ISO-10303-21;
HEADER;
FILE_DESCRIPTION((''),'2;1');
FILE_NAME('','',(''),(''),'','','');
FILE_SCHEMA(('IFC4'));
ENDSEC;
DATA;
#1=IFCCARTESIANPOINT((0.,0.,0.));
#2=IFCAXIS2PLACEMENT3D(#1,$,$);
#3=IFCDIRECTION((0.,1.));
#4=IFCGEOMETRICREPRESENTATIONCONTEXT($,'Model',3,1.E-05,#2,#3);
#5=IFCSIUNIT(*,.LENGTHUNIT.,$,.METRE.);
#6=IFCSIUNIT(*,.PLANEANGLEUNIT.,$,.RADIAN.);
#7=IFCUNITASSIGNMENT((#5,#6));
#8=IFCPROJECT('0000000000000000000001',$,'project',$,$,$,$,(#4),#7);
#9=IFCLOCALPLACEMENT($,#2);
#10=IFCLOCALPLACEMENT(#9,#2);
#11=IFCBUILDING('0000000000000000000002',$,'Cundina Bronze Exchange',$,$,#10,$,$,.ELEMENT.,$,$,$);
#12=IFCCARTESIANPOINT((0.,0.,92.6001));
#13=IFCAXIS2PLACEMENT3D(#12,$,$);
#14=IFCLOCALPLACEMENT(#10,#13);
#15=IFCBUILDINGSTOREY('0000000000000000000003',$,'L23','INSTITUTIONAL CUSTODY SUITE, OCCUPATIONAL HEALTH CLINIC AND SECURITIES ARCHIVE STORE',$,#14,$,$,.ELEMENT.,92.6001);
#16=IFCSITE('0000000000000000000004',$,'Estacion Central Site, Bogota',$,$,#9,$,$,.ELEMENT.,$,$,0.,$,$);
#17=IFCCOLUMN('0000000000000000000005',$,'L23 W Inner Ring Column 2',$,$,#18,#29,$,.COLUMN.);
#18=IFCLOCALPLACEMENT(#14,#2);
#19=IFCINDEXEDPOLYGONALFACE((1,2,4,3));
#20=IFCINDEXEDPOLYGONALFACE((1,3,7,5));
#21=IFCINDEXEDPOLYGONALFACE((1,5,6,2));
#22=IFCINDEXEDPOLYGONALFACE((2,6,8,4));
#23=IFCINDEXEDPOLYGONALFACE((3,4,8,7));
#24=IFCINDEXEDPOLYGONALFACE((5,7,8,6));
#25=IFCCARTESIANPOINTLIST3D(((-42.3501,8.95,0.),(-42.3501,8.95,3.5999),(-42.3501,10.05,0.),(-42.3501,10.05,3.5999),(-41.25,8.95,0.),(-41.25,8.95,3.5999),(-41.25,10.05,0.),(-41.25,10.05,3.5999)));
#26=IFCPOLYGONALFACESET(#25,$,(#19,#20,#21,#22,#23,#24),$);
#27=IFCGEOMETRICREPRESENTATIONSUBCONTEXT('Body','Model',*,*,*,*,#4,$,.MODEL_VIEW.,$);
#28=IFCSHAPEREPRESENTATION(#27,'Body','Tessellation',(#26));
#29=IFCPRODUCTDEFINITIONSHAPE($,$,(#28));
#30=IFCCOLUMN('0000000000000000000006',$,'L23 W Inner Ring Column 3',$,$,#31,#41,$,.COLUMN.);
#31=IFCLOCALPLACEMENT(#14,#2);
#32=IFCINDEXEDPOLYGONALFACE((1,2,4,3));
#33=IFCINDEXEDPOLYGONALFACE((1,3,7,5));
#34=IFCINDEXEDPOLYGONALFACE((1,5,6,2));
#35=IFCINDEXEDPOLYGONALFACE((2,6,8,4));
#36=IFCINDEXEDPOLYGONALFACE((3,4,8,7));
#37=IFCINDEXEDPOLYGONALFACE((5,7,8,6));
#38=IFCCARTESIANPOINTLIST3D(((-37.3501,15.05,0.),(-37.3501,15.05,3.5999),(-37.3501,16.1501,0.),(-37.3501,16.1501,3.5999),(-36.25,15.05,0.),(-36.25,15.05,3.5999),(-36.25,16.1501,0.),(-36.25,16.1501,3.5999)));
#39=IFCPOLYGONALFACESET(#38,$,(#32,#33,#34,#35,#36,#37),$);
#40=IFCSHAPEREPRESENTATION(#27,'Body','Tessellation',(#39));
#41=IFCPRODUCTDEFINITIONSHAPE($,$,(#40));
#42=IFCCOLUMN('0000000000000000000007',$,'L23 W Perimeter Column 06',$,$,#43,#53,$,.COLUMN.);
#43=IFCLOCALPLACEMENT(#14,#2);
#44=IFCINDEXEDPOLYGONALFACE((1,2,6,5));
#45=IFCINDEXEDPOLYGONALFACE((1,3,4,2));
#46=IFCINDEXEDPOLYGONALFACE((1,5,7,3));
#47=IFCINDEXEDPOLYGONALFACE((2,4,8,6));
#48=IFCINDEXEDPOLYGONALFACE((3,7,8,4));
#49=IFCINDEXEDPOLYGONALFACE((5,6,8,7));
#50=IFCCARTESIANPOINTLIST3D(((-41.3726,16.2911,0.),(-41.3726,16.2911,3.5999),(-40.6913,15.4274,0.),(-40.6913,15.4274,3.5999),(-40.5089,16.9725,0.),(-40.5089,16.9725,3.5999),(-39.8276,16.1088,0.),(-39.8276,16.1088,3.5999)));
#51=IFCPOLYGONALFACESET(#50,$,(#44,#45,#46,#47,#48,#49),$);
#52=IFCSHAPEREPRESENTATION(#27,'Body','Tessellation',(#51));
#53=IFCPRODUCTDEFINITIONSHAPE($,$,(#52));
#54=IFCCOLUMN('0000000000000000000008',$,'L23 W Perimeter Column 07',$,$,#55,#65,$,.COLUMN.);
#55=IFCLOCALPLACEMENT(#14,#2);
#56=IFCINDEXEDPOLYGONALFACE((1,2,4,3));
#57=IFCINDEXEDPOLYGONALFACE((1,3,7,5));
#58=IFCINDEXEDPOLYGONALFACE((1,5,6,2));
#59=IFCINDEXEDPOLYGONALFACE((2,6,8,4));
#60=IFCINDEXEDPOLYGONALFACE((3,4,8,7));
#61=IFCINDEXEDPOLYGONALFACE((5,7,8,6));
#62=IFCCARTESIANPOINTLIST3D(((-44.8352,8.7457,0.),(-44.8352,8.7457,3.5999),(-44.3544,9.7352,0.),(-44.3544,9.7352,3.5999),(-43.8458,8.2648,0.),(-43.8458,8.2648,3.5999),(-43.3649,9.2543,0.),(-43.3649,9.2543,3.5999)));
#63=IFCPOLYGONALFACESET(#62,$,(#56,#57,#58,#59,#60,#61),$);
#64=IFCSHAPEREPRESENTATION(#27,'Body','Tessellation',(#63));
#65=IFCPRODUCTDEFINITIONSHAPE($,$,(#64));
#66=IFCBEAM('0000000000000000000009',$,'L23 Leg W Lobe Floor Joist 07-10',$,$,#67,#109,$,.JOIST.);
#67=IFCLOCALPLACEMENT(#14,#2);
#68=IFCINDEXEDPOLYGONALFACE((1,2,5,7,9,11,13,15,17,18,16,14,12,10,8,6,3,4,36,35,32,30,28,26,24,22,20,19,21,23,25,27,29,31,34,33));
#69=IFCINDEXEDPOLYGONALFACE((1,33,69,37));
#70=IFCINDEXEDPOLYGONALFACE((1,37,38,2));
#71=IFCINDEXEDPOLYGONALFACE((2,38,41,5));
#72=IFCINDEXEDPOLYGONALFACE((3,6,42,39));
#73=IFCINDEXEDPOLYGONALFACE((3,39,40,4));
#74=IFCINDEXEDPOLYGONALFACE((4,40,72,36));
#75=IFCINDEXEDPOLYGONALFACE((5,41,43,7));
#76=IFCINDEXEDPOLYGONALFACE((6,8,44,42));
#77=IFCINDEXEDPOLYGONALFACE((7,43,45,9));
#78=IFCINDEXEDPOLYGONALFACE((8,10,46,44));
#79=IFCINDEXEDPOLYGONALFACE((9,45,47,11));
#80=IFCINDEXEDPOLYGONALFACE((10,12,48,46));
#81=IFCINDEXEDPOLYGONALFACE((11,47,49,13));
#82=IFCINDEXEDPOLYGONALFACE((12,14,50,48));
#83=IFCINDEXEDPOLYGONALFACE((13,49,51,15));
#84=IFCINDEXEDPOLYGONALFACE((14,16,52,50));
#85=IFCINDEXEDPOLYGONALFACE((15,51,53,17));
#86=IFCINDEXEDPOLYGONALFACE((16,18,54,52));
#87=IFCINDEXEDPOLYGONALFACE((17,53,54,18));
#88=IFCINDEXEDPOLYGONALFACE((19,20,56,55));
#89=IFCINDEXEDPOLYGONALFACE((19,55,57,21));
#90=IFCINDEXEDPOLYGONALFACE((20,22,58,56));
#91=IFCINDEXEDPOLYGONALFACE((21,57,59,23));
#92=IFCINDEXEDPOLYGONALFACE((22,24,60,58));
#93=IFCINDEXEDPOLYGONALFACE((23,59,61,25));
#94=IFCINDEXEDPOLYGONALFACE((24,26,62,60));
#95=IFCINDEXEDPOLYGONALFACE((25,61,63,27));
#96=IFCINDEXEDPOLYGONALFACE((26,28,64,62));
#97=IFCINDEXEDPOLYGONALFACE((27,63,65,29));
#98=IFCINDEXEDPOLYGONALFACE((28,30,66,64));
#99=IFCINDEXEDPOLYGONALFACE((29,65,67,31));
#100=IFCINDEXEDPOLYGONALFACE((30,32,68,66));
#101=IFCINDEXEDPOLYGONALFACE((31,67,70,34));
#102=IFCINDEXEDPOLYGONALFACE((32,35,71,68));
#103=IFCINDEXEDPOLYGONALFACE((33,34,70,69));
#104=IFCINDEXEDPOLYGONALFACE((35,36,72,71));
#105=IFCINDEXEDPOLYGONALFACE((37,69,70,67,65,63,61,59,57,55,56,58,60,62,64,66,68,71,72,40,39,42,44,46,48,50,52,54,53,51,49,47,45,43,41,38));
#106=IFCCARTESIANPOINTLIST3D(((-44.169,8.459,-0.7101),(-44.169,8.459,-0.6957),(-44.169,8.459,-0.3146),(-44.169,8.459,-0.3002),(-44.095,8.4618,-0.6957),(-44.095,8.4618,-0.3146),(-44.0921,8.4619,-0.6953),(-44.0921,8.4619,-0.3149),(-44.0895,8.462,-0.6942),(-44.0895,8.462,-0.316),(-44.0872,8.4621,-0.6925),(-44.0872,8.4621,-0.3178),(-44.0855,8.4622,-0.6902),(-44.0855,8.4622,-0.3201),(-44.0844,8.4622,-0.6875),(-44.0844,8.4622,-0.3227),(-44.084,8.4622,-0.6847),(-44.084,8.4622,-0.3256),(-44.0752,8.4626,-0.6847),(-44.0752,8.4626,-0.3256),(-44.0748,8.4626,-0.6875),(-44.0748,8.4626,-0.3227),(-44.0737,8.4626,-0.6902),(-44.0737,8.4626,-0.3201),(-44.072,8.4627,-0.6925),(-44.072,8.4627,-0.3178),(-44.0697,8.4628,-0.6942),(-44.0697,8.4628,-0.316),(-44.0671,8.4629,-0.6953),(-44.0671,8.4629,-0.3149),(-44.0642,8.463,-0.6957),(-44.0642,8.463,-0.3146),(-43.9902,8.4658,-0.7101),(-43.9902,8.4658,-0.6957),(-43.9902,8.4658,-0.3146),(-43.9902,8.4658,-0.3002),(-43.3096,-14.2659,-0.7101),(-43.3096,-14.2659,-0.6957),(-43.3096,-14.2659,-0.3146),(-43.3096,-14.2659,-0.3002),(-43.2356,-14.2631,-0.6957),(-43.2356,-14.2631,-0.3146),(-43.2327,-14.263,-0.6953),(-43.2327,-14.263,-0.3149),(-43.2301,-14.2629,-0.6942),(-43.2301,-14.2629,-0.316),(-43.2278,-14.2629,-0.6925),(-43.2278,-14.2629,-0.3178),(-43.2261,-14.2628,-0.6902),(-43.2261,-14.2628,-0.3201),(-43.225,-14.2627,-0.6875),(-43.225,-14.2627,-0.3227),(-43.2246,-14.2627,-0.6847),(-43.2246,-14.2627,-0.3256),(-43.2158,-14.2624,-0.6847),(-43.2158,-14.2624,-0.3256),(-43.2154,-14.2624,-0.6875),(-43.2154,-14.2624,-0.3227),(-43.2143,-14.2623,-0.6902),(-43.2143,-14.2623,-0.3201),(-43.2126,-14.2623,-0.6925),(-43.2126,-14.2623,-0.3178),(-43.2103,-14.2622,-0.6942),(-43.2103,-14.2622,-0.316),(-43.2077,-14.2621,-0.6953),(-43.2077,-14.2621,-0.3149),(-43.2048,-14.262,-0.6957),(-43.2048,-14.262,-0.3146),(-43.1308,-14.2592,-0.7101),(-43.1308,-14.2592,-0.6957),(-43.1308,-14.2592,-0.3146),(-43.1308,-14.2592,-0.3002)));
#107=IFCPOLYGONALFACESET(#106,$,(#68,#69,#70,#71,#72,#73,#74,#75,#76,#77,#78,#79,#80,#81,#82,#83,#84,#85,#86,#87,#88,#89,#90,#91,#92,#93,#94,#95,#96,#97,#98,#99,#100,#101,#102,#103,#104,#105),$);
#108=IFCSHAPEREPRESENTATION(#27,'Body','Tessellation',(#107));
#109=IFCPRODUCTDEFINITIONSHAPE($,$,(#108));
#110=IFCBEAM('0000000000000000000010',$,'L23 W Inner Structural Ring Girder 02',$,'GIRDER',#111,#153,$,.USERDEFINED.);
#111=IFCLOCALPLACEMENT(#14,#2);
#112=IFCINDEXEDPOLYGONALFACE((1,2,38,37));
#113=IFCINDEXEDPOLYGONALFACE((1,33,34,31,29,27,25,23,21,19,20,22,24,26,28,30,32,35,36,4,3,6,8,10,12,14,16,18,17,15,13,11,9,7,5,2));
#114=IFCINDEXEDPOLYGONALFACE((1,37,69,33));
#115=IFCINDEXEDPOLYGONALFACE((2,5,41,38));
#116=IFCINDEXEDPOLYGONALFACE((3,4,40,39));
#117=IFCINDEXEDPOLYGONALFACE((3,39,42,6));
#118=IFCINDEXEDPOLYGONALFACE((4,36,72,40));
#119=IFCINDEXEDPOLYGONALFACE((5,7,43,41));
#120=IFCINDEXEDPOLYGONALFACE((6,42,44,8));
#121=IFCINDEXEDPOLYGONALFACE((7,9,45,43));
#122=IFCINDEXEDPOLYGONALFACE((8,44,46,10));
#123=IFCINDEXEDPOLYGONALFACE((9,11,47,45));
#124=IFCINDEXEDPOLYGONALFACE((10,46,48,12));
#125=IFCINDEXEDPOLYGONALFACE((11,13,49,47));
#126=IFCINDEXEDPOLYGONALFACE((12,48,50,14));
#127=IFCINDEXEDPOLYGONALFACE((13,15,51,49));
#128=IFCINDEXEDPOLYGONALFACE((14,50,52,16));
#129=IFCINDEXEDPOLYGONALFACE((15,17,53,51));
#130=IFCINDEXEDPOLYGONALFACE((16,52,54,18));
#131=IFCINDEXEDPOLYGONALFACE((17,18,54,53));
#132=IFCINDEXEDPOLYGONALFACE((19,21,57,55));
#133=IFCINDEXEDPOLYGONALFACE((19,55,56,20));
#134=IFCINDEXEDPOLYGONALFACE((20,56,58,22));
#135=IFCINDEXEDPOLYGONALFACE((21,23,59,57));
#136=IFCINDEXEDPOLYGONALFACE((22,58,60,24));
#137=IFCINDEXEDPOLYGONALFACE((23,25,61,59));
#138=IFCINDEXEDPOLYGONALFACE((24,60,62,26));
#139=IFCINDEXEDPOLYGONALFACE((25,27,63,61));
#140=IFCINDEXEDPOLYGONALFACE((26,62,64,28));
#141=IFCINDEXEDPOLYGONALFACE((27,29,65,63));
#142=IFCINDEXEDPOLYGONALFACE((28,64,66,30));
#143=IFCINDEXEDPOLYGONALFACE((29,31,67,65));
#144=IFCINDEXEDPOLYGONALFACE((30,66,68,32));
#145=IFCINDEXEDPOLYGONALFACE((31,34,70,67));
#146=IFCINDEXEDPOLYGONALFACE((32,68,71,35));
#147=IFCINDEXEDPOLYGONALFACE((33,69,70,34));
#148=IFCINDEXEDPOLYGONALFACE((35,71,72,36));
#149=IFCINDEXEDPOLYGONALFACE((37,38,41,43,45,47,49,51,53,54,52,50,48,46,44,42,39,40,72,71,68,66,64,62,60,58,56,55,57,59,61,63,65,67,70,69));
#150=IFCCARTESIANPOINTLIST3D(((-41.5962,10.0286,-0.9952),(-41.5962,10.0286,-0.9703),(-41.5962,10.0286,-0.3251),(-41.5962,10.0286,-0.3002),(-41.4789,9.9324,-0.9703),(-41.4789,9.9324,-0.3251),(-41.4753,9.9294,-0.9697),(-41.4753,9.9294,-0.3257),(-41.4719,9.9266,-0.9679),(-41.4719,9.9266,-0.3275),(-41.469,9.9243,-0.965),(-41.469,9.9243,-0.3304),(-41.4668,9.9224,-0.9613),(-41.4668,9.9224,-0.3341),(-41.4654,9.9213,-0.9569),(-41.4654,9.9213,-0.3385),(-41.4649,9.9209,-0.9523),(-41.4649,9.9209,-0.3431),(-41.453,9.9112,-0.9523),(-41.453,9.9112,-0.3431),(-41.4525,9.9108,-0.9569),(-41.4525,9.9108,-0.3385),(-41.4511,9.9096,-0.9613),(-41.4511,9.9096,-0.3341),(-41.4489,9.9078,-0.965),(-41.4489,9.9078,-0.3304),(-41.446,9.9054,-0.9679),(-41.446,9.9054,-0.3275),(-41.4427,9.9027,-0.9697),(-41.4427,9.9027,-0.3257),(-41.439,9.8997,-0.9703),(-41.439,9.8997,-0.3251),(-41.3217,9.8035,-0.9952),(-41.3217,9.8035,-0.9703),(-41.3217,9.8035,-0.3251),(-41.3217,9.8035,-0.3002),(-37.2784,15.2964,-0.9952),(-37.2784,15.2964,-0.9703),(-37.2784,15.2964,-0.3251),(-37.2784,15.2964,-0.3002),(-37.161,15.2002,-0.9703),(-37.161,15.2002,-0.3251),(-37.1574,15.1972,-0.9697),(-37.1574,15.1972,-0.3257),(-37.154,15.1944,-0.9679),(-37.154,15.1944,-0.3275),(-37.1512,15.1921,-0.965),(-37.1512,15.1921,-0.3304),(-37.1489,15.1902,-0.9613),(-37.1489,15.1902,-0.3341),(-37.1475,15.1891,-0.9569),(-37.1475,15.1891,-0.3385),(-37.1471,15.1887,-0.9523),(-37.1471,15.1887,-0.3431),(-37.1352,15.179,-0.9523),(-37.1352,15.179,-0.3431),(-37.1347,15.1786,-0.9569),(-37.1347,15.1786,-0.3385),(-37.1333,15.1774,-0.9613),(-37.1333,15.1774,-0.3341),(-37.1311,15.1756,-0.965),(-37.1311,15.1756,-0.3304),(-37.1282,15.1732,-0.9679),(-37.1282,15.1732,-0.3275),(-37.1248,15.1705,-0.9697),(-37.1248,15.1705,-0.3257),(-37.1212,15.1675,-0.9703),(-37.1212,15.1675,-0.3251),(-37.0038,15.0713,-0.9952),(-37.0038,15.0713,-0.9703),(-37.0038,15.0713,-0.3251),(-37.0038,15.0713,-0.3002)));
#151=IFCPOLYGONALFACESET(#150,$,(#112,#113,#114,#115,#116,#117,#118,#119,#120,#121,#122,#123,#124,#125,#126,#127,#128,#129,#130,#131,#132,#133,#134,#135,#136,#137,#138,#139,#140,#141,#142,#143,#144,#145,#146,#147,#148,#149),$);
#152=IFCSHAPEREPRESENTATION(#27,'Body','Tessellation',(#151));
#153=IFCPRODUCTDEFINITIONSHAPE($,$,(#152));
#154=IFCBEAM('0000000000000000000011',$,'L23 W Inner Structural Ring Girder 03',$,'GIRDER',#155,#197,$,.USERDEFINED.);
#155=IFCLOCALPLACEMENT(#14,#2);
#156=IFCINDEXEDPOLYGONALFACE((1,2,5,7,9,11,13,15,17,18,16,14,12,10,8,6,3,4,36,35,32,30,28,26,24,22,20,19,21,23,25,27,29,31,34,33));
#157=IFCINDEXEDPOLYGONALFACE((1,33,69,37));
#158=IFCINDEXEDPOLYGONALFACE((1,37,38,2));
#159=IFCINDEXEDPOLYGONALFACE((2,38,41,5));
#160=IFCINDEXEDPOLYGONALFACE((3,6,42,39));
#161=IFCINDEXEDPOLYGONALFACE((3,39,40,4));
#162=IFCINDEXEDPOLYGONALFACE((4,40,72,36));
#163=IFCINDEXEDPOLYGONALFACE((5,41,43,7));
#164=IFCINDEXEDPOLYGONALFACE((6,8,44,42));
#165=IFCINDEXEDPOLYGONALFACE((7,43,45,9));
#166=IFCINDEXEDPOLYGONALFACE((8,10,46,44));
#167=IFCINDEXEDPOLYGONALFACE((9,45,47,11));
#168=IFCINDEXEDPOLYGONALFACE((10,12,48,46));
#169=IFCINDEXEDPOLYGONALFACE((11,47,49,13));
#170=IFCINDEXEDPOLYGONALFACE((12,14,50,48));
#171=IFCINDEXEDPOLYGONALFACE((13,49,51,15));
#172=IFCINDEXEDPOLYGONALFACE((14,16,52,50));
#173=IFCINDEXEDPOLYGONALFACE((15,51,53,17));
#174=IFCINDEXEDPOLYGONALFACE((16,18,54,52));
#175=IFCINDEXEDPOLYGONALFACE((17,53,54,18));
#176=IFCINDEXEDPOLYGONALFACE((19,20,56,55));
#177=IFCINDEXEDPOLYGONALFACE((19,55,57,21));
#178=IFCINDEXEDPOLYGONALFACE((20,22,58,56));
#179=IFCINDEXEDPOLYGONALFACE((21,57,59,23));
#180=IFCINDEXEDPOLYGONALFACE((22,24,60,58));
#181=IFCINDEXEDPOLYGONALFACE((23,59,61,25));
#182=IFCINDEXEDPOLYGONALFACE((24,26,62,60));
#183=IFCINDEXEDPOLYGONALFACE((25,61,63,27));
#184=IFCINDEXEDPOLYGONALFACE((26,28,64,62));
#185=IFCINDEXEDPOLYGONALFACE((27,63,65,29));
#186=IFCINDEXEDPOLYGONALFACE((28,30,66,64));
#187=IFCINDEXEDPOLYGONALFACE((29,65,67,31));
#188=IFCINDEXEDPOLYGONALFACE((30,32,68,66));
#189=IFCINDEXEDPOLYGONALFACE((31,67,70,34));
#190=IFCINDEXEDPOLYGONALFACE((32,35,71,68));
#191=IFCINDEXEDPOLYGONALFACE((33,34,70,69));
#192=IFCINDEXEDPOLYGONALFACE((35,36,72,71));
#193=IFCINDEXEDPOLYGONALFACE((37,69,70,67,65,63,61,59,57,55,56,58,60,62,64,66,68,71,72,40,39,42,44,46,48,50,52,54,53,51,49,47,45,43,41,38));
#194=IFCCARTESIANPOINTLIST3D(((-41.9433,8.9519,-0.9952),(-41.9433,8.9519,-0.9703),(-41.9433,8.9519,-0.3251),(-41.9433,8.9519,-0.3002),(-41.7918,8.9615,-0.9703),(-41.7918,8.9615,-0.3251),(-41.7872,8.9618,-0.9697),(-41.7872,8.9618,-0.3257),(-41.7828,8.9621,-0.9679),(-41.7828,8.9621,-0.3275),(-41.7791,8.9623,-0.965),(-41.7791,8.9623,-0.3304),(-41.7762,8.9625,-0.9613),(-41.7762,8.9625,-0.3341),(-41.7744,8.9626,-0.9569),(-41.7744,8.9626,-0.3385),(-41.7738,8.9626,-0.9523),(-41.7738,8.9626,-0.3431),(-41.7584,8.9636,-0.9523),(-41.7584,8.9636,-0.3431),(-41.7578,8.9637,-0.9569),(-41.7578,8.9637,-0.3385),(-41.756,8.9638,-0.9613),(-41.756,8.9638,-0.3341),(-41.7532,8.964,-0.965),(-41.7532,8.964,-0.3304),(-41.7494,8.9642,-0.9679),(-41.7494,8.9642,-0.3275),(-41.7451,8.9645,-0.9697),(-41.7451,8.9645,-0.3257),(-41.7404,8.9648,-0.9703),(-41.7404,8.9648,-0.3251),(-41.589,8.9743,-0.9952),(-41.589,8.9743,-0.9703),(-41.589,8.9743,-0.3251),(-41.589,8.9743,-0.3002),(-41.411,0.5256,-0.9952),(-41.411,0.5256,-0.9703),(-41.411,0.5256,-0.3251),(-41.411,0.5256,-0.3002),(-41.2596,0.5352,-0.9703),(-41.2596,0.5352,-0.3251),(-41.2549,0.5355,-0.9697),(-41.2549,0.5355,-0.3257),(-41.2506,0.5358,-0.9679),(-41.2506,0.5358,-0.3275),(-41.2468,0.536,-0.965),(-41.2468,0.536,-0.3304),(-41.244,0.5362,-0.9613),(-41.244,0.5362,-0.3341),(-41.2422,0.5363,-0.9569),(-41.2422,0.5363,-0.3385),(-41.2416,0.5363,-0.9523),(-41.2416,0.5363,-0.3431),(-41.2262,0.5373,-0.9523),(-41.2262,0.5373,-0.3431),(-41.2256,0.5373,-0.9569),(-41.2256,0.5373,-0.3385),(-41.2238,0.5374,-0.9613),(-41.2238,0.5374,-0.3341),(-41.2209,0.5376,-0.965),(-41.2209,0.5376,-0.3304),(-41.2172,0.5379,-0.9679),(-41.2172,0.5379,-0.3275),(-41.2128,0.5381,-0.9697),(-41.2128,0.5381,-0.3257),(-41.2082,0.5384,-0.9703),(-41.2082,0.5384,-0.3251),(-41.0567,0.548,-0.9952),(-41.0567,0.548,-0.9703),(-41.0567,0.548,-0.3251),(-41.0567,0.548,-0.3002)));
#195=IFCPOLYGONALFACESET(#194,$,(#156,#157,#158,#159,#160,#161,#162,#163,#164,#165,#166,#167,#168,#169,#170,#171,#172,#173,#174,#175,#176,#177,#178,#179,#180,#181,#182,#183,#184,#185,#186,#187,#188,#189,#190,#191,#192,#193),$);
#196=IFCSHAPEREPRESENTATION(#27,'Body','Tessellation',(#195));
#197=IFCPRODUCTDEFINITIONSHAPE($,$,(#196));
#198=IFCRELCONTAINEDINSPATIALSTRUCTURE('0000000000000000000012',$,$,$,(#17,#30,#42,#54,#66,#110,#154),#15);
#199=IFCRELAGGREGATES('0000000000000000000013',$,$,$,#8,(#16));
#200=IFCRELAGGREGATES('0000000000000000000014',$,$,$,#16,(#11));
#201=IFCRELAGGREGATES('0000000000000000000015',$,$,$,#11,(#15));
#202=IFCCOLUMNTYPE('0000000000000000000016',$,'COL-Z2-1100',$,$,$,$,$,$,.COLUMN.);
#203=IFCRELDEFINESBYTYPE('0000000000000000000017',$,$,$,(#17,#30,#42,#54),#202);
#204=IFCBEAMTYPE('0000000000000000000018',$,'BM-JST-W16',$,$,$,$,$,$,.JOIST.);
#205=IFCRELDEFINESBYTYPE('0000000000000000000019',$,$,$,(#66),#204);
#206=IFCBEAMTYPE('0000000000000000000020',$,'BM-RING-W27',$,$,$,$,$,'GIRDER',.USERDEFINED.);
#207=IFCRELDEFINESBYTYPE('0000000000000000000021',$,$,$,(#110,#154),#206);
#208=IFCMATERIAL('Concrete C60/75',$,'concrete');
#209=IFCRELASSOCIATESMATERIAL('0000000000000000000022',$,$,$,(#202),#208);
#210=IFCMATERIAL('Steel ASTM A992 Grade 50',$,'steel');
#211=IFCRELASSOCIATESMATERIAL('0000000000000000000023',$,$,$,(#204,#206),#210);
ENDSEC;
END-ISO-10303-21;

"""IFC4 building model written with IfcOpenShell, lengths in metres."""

from ifc_helpers import new_model, si_unit, direction, frame, origin, origin_2d, place, context, subcontext, project, spatial, rectangle, i_section, extrude, material, material_profile, profile_set, type_object, element, save


model = new_model("IFC4")

# Units and contexts
model_context = context("Model", 3, precision=1e-05, world=origin(), true_north=direction((0.0, 1.0)))
body_context = subcontext(model_context, "Body", "Model", "MODEL_VIEW")
ifc_project = project(units=[si_unit("LENGTHUNIT", "METRE"), si_unit("PLANEANGLEUNIT", "RADIAN")], contexts=[model_context])

# Site, building, storey
site_placement = place(None, origin())
site = spatial("IfcSite", under=ifc_project, at=site_placement, Name="Estacion Central Site, Bogota", CompositionType="ELEMENT", RefElevation=0.0)
building_placement = place(site_placement, origin())
building = spatial("IfcBuilding", under=site, at=building_placement, Name="Cundina Bronze Exchange", CompositionType="ELEMENT")
storey_placement = place(building_placement, frame((0.0, 0.0, 92.6001)))
storey = spatial("IfcBuildingStorey", under=building, at=storey_placement, Name="L23", Description="INSTITUTIONAL CUSTODY SUITE, OCCUPATIONAL HEALTH CLINIC AND SECURITIES ARCHIVE STORE", CompositionType="ELEMENT", Elevation=92.6001)

# Columns
ifc_material_1 = material(Name="Concrete C60/75", Category="concrete")
ifc_material_profile_1 = material_profile(ifc_material_1, rectangle(XDim=1.1001, YDim=1.1001, at=origin_2d()), Name="RC1100X1100", Category="concrete")
ifc_profile_set_1 = profile_set([ifc_material_profile_1], Name="Concrete C60/75")
column_type = type_object("IfcColumnType", Name="COL-Z2-1100", PredefinedType="COLUMN", material=ifc_profile_set_1)
for number, where, z_axis, x_axis, name in (
    (1, (-41.8, 9.5, 0.0), (0.0, 0.0, 1.0), (1.0, 0.0, 0.0), "L23 W Inner Ring Column 2"),
    (2, (-36.8, 15.6001, 0.0), (0.0, 0.0, 1.0), (1.0, 0.0, 0.0), "L23 W Inner Ring Column 3"),
    (3, (-40.6001, 16.2, 0.0), (0.0, 0.0, 1.0), (-0.785101, -0.619368, 0.0), "L23 W Perimeter Column 06"),
    (4, (-44.1001, 9.0, 0.0), (0.0, 0.0, 1.0), (-0.437116, -0.899405, 0.0), "L23 W Perimeter Column 07"),
):
    element("IfcColumn", number, at=place(storey_placement, frame(where, z_axis=z_axis, x_axis=x_axis)), inside=storey, type_object=column_type, Name=name, PredefinedType="COLUMN", context=body_context, shape_type="SweptSolid", body=[
        extrude(rectangle(XDim=1.1001, YDim=1.1001, at=origin_2d()), origin(), (0.0, 0.0, 1.0), 3.5999),
    ])

# Beams
ifc_material_2 = material(Name="Steel ASTM A992 Grade 50", Category="steel")
ifc_material_profile_2 = material_profile(ifc_material_2, i_section(OverallWidth=0.179, OverallDepth=0.4099, WebThickness=0.0088, FlangeThickness=0.0144, FilletRadius=0.011, at=origin_2d()), Name="W16X45", Category="steel")
ifc_profile_set_2 = profile_set([ifc_material_profile_2], Name="Steel ASTM A992 Grade 50")
beam_type_1 = type_object("IfcBeamType", Name="BM-JST-W16", PredefinedType="JOIST", material=ifc_profile_set_2)
beam_1_placement = place(storey_placement, frame((-44.0796, 8.4624, -0.5051), z_axis=(0.03779, -0.999286, 0.0), x_axis=(0.999286, 0.03779, 0.0)))
element("IfcBeam", 5, at=beam_1_placement, inside=storey, type_object=beam_type_1, Name="L23 Leg W Lobe Floor Joist 07-10", PredefinedType="JOIST", context=body_context, shape_type="SweptSolid", body=[
    extrude(i_section(OverallWidth=0.179, OverallDepth=0.4099, WebThickness=0.0088, FlangeThickness=0.0144, FilletRadius=0.011, at=origin_2d()), origin(), (0.0, 0.0, 1.0), 22.7412),
])
ifc_material_profile_3 = material_profile(ifc_material_2, i_section(OverallWidth=0.355, OverallDepth=0.6951, WebThickness=0.0154, FlangeThickness=0.0249, FilletRadius=0.0181, at=origin_2d()), Name="W27X146", Category="steel")
ifc_profile_set_3 = profile_set([ifc_material_profile_3], Name="Steel ASTM A992 Grade 50")
beam_type_2 = type_object("IfcBeamType", Name="BM-RING-W27", ElementType="GIRDER", PredefinedType="USERDEFINED", material=ifc_profile_set_3)
beam_2_placement = place(storey_placement, frame((-37.1411, 15.1838, -0.6477), z_axis=(-0.633927, -0.773393, 0.0), x_axis=(0.773393, -0.633927, 0.0)))
element("IfcBeam", 6, at=beam_2_placement, inside=storey, type_object=beam_type_2, Name="L23 W Inner Structural Ring Girder 02", ObjectType="GIRDER", PredefinedType="USERDEFINED", context=body_context, shape_type="SweptSolid", body=[
    extrude(i_section(OverallWidth=0.355, OverallDepth=0.6951, WebThickness=0.0154, FlangeThickness=0.0249, FilletRadius=0.0181, at=origin_2d()), origin(), (0.0, 0.0, 1.0), 6.8113),
])
beam_3_placement = place(storey_placement, frame((-41.7661, 8.9631, -0.6477), z_axis=(0.063037, -0.998011, 0.0), x_axis=(0.998011, 0.063037, 0.0)))
element("IfcBeam", 7, at=beam_3_placement, inside=storey, type_object=beam_type_2, Name="L23 W Inner Structural Ring Girder 03", ObjectType="GIRDER", PredefinedType="USERDEFINED", context=body_context, shape_type="SweptSolid", body=[
    extrude(i_section(OverallWidth=0.355, OverallDepth=0.6951, WebThickness=0.0154, FlangeThickness=0.0249, FilletRadius=0.0181, at=origin_2d()), origin(), (0.0, 0.0, 1.0), 8.4431),
])

save(model, "model.ifc")
